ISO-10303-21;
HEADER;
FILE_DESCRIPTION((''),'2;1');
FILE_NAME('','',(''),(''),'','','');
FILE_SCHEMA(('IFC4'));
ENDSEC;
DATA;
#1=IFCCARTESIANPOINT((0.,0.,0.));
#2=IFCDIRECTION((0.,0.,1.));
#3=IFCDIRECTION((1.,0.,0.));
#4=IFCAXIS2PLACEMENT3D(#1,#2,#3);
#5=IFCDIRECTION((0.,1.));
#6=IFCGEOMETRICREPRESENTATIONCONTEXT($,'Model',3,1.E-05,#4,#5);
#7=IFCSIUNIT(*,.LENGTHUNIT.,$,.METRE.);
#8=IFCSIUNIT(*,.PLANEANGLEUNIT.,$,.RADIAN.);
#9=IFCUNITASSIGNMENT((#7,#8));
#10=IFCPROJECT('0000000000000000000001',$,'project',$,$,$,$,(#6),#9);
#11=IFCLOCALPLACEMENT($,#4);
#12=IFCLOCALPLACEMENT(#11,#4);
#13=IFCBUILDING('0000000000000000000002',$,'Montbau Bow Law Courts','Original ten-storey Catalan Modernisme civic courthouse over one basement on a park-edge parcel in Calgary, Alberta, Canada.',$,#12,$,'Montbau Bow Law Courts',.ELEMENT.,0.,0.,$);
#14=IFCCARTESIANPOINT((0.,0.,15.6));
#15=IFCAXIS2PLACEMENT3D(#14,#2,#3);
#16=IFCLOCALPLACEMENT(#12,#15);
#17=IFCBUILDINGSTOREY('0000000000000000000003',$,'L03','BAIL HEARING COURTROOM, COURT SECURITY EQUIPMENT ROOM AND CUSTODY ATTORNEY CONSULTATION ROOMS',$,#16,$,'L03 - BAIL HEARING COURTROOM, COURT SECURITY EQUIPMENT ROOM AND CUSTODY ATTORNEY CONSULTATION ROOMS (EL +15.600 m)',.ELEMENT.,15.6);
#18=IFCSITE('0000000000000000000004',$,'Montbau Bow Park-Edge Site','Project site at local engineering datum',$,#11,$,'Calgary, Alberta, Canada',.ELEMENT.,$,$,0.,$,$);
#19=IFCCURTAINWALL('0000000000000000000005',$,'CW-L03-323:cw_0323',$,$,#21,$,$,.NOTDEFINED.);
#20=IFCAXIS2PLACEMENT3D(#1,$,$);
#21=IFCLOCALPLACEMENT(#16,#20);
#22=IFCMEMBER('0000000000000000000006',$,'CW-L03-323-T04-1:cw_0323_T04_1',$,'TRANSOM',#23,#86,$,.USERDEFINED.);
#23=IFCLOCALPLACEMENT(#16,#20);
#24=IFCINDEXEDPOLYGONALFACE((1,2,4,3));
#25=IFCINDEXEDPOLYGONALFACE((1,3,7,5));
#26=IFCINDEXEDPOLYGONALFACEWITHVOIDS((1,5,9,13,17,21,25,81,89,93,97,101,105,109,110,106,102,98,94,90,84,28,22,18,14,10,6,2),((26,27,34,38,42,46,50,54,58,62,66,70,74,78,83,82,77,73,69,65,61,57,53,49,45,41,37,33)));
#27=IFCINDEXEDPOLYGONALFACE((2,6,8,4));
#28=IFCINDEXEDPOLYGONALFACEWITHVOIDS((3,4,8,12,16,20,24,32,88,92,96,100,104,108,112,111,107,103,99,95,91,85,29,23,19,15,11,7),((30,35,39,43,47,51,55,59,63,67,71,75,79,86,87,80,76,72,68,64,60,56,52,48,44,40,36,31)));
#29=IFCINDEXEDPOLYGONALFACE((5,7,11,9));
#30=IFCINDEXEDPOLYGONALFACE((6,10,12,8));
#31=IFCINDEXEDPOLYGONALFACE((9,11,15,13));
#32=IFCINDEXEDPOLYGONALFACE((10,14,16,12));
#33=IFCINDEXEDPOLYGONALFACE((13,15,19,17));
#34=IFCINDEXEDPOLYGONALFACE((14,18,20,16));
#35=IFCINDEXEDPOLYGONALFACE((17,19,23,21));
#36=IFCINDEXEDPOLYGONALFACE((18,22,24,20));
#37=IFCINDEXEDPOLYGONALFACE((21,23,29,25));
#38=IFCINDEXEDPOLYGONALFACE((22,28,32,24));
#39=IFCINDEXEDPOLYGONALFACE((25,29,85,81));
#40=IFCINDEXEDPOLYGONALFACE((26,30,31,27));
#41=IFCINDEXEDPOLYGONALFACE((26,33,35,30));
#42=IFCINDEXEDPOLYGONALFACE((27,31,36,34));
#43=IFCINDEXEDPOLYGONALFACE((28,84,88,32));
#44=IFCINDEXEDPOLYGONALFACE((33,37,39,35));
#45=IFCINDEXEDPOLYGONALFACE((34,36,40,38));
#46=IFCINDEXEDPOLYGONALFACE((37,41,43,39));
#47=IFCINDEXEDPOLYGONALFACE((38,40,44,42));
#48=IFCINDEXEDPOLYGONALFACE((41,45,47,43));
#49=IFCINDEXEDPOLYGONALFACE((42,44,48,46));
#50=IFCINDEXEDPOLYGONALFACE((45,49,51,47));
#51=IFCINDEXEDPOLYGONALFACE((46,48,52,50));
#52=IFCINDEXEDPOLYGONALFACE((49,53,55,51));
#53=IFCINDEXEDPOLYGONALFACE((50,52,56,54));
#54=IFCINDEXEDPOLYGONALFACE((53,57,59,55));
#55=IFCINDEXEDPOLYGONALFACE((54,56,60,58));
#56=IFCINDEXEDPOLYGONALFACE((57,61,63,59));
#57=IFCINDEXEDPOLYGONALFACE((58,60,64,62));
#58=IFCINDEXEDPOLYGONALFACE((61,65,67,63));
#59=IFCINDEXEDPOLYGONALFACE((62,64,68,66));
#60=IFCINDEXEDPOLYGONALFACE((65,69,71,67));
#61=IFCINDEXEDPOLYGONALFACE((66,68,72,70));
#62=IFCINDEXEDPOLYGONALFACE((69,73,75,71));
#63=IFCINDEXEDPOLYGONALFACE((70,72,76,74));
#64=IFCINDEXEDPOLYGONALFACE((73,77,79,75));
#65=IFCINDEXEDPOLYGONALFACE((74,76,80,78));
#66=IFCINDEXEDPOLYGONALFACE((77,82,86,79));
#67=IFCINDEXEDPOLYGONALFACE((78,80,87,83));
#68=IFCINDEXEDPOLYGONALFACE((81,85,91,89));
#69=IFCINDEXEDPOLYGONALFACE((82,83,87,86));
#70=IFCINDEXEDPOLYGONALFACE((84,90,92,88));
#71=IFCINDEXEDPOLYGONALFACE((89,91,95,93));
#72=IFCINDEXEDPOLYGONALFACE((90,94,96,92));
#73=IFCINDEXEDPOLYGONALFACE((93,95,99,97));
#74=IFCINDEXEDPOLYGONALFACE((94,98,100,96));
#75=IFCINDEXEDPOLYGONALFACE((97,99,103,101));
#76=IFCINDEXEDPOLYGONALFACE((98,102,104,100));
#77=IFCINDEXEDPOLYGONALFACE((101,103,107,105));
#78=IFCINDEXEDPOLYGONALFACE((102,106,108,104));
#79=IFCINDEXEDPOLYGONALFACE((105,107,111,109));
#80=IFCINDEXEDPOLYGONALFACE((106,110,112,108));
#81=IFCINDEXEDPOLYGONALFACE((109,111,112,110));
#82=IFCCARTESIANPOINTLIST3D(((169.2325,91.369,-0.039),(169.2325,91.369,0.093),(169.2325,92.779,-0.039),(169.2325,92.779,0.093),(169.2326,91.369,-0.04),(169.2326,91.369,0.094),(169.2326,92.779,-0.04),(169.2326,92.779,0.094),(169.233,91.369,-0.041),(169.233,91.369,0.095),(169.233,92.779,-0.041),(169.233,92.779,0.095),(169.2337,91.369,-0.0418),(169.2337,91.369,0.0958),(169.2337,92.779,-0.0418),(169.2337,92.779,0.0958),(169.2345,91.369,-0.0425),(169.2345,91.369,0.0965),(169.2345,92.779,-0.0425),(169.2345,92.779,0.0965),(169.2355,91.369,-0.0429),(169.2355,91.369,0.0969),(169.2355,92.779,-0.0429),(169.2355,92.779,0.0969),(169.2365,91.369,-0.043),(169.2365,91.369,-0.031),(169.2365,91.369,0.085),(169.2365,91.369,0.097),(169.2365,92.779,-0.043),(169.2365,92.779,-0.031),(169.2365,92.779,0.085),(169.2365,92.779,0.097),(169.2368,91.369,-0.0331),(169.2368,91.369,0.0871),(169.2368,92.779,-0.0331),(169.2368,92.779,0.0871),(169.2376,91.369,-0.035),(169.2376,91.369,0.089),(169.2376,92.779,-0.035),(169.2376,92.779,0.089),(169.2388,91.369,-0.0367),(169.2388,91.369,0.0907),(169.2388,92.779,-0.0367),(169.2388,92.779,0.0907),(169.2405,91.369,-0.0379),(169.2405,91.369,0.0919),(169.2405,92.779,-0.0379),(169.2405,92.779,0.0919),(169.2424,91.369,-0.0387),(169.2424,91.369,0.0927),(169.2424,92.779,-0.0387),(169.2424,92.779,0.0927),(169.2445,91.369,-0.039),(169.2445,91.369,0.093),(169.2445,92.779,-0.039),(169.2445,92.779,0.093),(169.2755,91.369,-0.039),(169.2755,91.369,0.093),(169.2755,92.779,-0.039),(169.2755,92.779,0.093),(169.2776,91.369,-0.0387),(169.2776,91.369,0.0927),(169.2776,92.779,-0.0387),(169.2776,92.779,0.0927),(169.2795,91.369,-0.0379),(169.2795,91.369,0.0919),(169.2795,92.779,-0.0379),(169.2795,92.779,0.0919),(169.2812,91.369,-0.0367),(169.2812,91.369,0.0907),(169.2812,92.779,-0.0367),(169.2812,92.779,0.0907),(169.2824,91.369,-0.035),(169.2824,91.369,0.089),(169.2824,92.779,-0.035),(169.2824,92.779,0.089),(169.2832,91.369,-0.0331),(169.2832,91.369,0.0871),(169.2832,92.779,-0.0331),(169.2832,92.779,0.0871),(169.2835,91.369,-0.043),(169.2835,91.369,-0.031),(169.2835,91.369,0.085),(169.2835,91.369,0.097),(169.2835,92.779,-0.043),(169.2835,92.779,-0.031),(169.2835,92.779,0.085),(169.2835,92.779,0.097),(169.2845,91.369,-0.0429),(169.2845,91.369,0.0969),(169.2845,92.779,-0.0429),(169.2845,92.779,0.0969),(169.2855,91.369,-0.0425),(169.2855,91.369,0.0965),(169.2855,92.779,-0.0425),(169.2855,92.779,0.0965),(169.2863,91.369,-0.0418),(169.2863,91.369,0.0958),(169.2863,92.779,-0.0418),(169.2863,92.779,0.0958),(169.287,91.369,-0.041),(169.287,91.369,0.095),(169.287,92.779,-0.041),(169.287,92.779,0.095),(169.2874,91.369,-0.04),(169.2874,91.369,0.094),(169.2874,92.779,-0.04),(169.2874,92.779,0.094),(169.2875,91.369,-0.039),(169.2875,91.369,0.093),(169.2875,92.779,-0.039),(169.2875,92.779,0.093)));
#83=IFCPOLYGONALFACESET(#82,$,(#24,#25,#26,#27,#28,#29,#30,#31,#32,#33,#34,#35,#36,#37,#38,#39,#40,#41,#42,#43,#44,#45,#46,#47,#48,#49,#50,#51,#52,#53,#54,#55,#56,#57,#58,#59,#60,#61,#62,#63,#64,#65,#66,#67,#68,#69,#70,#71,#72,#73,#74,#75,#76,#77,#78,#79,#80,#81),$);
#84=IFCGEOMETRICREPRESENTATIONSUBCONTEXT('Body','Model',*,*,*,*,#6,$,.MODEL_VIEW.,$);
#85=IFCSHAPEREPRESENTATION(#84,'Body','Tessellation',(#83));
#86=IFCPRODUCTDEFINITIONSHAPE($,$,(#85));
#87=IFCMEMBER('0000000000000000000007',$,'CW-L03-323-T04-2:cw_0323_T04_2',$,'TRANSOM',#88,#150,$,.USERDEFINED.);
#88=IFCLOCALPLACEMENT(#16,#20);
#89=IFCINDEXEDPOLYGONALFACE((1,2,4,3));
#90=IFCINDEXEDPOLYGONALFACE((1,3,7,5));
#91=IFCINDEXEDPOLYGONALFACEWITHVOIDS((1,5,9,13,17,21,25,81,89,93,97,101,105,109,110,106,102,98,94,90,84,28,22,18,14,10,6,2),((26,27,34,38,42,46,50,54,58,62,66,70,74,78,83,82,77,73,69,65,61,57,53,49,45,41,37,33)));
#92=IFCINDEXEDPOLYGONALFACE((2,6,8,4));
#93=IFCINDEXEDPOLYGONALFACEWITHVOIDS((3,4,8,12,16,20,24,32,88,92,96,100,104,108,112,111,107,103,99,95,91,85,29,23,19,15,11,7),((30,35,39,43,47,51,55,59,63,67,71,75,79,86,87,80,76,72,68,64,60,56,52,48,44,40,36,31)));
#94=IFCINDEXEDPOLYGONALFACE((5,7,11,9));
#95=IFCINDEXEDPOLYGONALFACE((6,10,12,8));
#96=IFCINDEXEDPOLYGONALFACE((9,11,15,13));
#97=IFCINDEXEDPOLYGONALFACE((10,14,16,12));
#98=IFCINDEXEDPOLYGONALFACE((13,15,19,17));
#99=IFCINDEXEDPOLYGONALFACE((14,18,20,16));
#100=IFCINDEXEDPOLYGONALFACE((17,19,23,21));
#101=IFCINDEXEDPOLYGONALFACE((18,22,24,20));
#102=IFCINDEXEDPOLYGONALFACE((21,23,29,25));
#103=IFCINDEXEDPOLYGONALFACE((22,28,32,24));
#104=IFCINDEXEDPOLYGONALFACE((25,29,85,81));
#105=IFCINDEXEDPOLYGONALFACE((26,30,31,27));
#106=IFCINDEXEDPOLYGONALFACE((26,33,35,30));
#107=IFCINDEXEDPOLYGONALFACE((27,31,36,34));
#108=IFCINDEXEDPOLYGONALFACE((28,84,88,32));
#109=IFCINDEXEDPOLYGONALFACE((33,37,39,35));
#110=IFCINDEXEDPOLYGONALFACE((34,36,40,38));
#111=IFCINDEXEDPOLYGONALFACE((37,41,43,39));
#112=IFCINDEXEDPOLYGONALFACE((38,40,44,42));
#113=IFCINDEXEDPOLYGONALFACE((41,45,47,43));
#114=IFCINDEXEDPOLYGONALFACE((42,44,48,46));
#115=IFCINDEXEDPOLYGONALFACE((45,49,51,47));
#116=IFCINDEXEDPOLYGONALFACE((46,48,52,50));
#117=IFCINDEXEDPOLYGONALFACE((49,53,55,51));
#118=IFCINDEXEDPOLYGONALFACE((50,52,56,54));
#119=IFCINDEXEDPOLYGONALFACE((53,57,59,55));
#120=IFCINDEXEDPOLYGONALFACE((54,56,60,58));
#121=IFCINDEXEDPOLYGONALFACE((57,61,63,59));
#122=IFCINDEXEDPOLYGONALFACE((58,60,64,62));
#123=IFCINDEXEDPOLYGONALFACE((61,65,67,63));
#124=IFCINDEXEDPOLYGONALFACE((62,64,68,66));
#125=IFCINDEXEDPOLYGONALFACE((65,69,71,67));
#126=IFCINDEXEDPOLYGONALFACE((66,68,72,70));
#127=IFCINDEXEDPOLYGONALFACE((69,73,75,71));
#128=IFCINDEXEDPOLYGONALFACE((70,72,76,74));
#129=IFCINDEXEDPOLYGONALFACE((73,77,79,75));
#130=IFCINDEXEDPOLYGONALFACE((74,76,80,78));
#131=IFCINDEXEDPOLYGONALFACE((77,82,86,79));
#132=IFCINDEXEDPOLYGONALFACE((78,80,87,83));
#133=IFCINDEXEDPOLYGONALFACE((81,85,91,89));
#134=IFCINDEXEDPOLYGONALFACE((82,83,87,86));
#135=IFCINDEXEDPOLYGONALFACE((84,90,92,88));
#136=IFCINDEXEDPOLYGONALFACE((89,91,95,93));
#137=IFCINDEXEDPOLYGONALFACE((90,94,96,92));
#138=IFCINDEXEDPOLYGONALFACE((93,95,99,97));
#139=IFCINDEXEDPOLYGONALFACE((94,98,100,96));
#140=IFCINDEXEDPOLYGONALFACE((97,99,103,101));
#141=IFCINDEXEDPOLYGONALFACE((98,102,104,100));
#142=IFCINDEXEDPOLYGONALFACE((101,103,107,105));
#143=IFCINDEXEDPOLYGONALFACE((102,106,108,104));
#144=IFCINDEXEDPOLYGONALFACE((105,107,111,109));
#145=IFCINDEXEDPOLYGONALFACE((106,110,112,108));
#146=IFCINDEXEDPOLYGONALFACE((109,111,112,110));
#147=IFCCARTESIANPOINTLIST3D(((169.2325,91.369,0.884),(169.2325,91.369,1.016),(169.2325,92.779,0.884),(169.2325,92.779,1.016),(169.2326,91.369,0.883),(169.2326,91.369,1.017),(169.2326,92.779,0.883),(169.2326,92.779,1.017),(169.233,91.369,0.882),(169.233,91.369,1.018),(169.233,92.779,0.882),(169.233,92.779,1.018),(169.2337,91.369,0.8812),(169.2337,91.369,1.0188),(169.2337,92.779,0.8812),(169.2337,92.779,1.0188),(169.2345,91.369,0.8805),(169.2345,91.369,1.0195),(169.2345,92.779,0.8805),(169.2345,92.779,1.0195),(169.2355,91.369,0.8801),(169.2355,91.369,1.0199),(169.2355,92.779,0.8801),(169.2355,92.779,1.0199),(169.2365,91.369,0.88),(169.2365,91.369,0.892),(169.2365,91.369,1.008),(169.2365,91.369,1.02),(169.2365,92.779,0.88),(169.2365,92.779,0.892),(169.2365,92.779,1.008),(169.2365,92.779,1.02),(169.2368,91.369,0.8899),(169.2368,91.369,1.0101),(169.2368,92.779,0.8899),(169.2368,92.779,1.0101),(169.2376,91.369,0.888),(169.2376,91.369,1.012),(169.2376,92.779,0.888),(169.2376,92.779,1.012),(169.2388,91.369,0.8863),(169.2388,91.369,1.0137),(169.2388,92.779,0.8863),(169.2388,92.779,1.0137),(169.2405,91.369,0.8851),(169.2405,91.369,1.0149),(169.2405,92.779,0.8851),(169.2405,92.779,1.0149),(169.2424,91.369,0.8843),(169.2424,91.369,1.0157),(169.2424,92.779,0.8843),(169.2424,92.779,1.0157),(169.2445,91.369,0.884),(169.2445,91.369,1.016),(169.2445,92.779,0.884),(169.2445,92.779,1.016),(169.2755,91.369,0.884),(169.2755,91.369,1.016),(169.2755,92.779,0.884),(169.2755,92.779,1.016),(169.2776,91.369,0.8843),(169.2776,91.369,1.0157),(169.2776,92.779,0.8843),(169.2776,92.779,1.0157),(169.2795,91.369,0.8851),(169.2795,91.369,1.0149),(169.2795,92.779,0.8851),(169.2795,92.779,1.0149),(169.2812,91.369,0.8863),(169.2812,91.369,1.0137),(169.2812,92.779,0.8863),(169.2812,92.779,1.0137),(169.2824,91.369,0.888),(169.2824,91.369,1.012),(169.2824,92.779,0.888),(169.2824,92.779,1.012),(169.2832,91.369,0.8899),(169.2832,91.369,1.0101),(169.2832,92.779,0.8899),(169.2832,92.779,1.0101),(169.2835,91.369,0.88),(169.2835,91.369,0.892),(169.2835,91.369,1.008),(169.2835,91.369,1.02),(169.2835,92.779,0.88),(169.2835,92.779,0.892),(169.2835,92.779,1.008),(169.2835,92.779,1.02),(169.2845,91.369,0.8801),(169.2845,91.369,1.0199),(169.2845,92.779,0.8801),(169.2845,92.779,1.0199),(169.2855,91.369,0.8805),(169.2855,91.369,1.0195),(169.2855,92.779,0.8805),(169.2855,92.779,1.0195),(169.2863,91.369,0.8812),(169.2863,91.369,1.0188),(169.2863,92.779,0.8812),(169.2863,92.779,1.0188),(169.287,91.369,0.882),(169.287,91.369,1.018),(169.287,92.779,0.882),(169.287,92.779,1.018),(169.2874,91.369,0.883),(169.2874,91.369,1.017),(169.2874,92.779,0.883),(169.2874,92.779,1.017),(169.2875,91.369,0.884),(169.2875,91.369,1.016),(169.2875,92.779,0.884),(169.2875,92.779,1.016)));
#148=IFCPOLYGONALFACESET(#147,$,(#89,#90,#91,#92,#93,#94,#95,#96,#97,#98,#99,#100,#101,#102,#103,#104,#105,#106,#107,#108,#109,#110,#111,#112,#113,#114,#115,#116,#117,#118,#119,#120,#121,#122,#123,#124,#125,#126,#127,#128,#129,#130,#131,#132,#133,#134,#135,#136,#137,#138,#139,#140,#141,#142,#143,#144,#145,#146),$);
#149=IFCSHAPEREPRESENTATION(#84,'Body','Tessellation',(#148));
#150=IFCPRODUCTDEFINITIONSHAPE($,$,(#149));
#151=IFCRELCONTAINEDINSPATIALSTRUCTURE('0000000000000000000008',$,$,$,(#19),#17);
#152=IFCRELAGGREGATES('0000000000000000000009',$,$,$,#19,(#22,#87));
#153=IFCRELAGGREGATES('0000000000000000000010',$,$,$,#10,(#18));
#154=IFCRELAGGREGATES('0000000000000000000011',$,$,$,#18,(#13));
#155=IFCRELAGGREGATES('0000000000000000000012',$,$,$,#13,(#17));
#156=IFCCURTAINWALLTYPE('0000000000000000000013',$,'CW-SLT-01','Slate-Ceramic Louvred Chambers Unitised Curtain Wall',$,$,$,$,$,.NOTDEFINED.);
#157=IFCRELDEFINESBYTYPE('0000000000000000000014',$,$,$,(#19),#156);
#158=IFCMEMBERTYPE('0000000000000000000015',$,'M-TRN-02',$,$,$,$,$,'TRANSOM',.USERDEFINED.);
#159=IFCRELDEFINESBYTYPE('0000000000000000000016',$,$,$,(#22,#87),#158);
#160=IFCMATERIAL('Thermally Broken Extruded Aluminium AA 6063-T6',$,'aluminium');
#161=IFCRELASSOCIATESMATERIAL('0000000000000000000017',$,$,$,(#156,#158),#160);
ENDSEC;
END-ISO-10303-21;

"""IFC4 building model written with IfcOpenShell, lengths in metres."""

from ifc_helpers import new_model, si_unit, direction, frame, origin_with_axes, origin_2d_with_axis, place, context, subcontext, project, spatial, hollow_rectangle, extrude, material, material_profile, profile_set, type_object, element, aggregate, save


model = new_model("IFC4")

# Units and contexts
model_context = context("Model", 3, precision=1e-05, world=origin_with_axes(), true_north=direction((0.0, 1.0)))
body_context = subcontext(model_context, "Body", "Model", "MODEL_VIEW")
ifc_project = project(units=[si_unit("LENGTHUNIT", "METRE"), si_unit("PLANEANGLEUNIT", "RADIAN")], contexts=[model_context])

# Site, building, storey
site_placement = place(None, origin_with_axes())
site = spatial("IfcSite", under=ifc_project, at=site_placement, Name="Montbau Bow Park-Edge Site", Description="Project site at local engineering datum", LongName="Calgary, Alberta, Canada", CompositionType="ELEMENT", RefElevation=0.0)
building_placement = place(site_placement, origin_with_axes())
building = spatial("IfcBuilding", under=site, at=building_placement, Name="Montbau Bow Law Courts", Description="Original ten-storey Catalan Modernisme civic courthouse over one basement on a park-edge parcel in Calgary, Alberta, Canada.", LongName="Montbau Bow Law Courts", CompositionType="ELEMENT", ElevationOfRefHeight=0.0, ElevationOfTerrain=0.0)
storey_placement = place(building_placement, frame((0.0, 0.0, 15.6), z_axis=(0.0, 0.0, 1.0), x_axis=(1.0, 0.0, 0.0)))
storey = spatial("IfcBuildingStorey", under=building, at=storey_placement, Name="L03", Description="BAIL HEARING COURTROOM, COURT SECURITY EQUIPMENT ROOM AND CUSTODY ATTORNEY CONSULTATION ROOMS", LongName="L03 - BAIL HEARING COURTROOM, COURT SECURITY EQUIPMENT ROOM AND CUSTODY ATTORNEY CONSULTATION ROOMS (EL +15.600 m)", CompositionType="ELEMENT", Elevation=15.6)

# Curtain wall, members
ifc_material_1 = material(Name="Thermally Broken Extruded Aluminium AA 6063-T6", Category="aluminium")
curtain_wall_type = type_object("IfcCurtainWallType", Name="CW-SLT-01", Description="Slate-Ceramic Louvred Chambers Unitised Curtain Wall", PredefinedType="NOTDEFINED", material=ifc_material_1)
curtain_wall_placement = place(None, frame((169.26, 86.915, 15.6), z_axis=(0.0, 0.0, 1.0), x_axis=(1.0, 0.0, 0.0)))
curtain_wall = element("IfcCurtainWall", 1, at=curtain_wall_placement, inside=storey, type_object=curtain_wall_type, Name="CW-L03-323:cw_0323", PredefinedType="NOTDEFINED")
ifc_material_profile_1 = material_profile(ifc_material_1, hollow_rectangle(XDim=0.055, YDim=0.14, WallThickness=0.004, InnerFilletRadius=0.008, OuterFilletRadius=0.004, at=origin_2d_with_axis()), Name="CWT-140X55", Category="Main", Priority=0)
ifc_profile_set_1 = profile_set([ifc_material_profile_1], Name="Thermally Broken Extruded Aluminium AA 6063-T6")
member_type_1 = type_object("IfcMemberType", Name="M-TRN-02", ElementType="TRANSOM", PredefinedType="USERDEFINED", material=ifc_profile_set_1)
member_1_placement = place(None, frame((169.26, 91.369, 15.627), z_axis=(0.0, 1.0, 0.0), x_axis=(-1.0, 0.0, 0.0)))
member_1 = element("IfcMember", 2, at=member_1_placement, type_object=member_type_1, Name="CW-L03-323-T04-1:cw_0323_T04_1", ObjectType="TRANSOM", PredefinedType="USERDEFINED", context=body_context, shape_type="SweptSolid", body=[
    extrude(hollow_rectangle(XDim=0.055, YDim=0.14, WallThickness=0.004, InnerFilletRadius=0.008, OuterFilletRadius=0.004, at=origin_2d_with_axis()), origin_with_axes(), (0.0, 0.0, 1.0), 1.41),
])
member_2_placement = place(None, frame((169.26, 91.369, 16.55), z_axis=(0.0, 1.0, 0.0), x_axis=(-1.0, 0.0, 0.0)))
member_2 = element("IfcMember", 3, at=member_2_placement, type_object=member_type_1, Name="CW-L03-323-T04-2:cw_0323_T04_2", ObjectType="TRANSOM", PredefinedType="USERDEFINED", context=body_context, shape_type="SweptSolid", body=[
    extrude(hollow_rectangle(XDim=0.055, YDim=0.14, WallThickness=0.004, InnerFilletRadius=0.008, OuterFilletRadius=0.004, at=origin_2d_with_axis()), origin_with_axes(), (0.0, 0.0, 1.0), 1.41),
])
aggregate(curtain_wall, [member_1, member_2])

save(model, "model.ifc")
